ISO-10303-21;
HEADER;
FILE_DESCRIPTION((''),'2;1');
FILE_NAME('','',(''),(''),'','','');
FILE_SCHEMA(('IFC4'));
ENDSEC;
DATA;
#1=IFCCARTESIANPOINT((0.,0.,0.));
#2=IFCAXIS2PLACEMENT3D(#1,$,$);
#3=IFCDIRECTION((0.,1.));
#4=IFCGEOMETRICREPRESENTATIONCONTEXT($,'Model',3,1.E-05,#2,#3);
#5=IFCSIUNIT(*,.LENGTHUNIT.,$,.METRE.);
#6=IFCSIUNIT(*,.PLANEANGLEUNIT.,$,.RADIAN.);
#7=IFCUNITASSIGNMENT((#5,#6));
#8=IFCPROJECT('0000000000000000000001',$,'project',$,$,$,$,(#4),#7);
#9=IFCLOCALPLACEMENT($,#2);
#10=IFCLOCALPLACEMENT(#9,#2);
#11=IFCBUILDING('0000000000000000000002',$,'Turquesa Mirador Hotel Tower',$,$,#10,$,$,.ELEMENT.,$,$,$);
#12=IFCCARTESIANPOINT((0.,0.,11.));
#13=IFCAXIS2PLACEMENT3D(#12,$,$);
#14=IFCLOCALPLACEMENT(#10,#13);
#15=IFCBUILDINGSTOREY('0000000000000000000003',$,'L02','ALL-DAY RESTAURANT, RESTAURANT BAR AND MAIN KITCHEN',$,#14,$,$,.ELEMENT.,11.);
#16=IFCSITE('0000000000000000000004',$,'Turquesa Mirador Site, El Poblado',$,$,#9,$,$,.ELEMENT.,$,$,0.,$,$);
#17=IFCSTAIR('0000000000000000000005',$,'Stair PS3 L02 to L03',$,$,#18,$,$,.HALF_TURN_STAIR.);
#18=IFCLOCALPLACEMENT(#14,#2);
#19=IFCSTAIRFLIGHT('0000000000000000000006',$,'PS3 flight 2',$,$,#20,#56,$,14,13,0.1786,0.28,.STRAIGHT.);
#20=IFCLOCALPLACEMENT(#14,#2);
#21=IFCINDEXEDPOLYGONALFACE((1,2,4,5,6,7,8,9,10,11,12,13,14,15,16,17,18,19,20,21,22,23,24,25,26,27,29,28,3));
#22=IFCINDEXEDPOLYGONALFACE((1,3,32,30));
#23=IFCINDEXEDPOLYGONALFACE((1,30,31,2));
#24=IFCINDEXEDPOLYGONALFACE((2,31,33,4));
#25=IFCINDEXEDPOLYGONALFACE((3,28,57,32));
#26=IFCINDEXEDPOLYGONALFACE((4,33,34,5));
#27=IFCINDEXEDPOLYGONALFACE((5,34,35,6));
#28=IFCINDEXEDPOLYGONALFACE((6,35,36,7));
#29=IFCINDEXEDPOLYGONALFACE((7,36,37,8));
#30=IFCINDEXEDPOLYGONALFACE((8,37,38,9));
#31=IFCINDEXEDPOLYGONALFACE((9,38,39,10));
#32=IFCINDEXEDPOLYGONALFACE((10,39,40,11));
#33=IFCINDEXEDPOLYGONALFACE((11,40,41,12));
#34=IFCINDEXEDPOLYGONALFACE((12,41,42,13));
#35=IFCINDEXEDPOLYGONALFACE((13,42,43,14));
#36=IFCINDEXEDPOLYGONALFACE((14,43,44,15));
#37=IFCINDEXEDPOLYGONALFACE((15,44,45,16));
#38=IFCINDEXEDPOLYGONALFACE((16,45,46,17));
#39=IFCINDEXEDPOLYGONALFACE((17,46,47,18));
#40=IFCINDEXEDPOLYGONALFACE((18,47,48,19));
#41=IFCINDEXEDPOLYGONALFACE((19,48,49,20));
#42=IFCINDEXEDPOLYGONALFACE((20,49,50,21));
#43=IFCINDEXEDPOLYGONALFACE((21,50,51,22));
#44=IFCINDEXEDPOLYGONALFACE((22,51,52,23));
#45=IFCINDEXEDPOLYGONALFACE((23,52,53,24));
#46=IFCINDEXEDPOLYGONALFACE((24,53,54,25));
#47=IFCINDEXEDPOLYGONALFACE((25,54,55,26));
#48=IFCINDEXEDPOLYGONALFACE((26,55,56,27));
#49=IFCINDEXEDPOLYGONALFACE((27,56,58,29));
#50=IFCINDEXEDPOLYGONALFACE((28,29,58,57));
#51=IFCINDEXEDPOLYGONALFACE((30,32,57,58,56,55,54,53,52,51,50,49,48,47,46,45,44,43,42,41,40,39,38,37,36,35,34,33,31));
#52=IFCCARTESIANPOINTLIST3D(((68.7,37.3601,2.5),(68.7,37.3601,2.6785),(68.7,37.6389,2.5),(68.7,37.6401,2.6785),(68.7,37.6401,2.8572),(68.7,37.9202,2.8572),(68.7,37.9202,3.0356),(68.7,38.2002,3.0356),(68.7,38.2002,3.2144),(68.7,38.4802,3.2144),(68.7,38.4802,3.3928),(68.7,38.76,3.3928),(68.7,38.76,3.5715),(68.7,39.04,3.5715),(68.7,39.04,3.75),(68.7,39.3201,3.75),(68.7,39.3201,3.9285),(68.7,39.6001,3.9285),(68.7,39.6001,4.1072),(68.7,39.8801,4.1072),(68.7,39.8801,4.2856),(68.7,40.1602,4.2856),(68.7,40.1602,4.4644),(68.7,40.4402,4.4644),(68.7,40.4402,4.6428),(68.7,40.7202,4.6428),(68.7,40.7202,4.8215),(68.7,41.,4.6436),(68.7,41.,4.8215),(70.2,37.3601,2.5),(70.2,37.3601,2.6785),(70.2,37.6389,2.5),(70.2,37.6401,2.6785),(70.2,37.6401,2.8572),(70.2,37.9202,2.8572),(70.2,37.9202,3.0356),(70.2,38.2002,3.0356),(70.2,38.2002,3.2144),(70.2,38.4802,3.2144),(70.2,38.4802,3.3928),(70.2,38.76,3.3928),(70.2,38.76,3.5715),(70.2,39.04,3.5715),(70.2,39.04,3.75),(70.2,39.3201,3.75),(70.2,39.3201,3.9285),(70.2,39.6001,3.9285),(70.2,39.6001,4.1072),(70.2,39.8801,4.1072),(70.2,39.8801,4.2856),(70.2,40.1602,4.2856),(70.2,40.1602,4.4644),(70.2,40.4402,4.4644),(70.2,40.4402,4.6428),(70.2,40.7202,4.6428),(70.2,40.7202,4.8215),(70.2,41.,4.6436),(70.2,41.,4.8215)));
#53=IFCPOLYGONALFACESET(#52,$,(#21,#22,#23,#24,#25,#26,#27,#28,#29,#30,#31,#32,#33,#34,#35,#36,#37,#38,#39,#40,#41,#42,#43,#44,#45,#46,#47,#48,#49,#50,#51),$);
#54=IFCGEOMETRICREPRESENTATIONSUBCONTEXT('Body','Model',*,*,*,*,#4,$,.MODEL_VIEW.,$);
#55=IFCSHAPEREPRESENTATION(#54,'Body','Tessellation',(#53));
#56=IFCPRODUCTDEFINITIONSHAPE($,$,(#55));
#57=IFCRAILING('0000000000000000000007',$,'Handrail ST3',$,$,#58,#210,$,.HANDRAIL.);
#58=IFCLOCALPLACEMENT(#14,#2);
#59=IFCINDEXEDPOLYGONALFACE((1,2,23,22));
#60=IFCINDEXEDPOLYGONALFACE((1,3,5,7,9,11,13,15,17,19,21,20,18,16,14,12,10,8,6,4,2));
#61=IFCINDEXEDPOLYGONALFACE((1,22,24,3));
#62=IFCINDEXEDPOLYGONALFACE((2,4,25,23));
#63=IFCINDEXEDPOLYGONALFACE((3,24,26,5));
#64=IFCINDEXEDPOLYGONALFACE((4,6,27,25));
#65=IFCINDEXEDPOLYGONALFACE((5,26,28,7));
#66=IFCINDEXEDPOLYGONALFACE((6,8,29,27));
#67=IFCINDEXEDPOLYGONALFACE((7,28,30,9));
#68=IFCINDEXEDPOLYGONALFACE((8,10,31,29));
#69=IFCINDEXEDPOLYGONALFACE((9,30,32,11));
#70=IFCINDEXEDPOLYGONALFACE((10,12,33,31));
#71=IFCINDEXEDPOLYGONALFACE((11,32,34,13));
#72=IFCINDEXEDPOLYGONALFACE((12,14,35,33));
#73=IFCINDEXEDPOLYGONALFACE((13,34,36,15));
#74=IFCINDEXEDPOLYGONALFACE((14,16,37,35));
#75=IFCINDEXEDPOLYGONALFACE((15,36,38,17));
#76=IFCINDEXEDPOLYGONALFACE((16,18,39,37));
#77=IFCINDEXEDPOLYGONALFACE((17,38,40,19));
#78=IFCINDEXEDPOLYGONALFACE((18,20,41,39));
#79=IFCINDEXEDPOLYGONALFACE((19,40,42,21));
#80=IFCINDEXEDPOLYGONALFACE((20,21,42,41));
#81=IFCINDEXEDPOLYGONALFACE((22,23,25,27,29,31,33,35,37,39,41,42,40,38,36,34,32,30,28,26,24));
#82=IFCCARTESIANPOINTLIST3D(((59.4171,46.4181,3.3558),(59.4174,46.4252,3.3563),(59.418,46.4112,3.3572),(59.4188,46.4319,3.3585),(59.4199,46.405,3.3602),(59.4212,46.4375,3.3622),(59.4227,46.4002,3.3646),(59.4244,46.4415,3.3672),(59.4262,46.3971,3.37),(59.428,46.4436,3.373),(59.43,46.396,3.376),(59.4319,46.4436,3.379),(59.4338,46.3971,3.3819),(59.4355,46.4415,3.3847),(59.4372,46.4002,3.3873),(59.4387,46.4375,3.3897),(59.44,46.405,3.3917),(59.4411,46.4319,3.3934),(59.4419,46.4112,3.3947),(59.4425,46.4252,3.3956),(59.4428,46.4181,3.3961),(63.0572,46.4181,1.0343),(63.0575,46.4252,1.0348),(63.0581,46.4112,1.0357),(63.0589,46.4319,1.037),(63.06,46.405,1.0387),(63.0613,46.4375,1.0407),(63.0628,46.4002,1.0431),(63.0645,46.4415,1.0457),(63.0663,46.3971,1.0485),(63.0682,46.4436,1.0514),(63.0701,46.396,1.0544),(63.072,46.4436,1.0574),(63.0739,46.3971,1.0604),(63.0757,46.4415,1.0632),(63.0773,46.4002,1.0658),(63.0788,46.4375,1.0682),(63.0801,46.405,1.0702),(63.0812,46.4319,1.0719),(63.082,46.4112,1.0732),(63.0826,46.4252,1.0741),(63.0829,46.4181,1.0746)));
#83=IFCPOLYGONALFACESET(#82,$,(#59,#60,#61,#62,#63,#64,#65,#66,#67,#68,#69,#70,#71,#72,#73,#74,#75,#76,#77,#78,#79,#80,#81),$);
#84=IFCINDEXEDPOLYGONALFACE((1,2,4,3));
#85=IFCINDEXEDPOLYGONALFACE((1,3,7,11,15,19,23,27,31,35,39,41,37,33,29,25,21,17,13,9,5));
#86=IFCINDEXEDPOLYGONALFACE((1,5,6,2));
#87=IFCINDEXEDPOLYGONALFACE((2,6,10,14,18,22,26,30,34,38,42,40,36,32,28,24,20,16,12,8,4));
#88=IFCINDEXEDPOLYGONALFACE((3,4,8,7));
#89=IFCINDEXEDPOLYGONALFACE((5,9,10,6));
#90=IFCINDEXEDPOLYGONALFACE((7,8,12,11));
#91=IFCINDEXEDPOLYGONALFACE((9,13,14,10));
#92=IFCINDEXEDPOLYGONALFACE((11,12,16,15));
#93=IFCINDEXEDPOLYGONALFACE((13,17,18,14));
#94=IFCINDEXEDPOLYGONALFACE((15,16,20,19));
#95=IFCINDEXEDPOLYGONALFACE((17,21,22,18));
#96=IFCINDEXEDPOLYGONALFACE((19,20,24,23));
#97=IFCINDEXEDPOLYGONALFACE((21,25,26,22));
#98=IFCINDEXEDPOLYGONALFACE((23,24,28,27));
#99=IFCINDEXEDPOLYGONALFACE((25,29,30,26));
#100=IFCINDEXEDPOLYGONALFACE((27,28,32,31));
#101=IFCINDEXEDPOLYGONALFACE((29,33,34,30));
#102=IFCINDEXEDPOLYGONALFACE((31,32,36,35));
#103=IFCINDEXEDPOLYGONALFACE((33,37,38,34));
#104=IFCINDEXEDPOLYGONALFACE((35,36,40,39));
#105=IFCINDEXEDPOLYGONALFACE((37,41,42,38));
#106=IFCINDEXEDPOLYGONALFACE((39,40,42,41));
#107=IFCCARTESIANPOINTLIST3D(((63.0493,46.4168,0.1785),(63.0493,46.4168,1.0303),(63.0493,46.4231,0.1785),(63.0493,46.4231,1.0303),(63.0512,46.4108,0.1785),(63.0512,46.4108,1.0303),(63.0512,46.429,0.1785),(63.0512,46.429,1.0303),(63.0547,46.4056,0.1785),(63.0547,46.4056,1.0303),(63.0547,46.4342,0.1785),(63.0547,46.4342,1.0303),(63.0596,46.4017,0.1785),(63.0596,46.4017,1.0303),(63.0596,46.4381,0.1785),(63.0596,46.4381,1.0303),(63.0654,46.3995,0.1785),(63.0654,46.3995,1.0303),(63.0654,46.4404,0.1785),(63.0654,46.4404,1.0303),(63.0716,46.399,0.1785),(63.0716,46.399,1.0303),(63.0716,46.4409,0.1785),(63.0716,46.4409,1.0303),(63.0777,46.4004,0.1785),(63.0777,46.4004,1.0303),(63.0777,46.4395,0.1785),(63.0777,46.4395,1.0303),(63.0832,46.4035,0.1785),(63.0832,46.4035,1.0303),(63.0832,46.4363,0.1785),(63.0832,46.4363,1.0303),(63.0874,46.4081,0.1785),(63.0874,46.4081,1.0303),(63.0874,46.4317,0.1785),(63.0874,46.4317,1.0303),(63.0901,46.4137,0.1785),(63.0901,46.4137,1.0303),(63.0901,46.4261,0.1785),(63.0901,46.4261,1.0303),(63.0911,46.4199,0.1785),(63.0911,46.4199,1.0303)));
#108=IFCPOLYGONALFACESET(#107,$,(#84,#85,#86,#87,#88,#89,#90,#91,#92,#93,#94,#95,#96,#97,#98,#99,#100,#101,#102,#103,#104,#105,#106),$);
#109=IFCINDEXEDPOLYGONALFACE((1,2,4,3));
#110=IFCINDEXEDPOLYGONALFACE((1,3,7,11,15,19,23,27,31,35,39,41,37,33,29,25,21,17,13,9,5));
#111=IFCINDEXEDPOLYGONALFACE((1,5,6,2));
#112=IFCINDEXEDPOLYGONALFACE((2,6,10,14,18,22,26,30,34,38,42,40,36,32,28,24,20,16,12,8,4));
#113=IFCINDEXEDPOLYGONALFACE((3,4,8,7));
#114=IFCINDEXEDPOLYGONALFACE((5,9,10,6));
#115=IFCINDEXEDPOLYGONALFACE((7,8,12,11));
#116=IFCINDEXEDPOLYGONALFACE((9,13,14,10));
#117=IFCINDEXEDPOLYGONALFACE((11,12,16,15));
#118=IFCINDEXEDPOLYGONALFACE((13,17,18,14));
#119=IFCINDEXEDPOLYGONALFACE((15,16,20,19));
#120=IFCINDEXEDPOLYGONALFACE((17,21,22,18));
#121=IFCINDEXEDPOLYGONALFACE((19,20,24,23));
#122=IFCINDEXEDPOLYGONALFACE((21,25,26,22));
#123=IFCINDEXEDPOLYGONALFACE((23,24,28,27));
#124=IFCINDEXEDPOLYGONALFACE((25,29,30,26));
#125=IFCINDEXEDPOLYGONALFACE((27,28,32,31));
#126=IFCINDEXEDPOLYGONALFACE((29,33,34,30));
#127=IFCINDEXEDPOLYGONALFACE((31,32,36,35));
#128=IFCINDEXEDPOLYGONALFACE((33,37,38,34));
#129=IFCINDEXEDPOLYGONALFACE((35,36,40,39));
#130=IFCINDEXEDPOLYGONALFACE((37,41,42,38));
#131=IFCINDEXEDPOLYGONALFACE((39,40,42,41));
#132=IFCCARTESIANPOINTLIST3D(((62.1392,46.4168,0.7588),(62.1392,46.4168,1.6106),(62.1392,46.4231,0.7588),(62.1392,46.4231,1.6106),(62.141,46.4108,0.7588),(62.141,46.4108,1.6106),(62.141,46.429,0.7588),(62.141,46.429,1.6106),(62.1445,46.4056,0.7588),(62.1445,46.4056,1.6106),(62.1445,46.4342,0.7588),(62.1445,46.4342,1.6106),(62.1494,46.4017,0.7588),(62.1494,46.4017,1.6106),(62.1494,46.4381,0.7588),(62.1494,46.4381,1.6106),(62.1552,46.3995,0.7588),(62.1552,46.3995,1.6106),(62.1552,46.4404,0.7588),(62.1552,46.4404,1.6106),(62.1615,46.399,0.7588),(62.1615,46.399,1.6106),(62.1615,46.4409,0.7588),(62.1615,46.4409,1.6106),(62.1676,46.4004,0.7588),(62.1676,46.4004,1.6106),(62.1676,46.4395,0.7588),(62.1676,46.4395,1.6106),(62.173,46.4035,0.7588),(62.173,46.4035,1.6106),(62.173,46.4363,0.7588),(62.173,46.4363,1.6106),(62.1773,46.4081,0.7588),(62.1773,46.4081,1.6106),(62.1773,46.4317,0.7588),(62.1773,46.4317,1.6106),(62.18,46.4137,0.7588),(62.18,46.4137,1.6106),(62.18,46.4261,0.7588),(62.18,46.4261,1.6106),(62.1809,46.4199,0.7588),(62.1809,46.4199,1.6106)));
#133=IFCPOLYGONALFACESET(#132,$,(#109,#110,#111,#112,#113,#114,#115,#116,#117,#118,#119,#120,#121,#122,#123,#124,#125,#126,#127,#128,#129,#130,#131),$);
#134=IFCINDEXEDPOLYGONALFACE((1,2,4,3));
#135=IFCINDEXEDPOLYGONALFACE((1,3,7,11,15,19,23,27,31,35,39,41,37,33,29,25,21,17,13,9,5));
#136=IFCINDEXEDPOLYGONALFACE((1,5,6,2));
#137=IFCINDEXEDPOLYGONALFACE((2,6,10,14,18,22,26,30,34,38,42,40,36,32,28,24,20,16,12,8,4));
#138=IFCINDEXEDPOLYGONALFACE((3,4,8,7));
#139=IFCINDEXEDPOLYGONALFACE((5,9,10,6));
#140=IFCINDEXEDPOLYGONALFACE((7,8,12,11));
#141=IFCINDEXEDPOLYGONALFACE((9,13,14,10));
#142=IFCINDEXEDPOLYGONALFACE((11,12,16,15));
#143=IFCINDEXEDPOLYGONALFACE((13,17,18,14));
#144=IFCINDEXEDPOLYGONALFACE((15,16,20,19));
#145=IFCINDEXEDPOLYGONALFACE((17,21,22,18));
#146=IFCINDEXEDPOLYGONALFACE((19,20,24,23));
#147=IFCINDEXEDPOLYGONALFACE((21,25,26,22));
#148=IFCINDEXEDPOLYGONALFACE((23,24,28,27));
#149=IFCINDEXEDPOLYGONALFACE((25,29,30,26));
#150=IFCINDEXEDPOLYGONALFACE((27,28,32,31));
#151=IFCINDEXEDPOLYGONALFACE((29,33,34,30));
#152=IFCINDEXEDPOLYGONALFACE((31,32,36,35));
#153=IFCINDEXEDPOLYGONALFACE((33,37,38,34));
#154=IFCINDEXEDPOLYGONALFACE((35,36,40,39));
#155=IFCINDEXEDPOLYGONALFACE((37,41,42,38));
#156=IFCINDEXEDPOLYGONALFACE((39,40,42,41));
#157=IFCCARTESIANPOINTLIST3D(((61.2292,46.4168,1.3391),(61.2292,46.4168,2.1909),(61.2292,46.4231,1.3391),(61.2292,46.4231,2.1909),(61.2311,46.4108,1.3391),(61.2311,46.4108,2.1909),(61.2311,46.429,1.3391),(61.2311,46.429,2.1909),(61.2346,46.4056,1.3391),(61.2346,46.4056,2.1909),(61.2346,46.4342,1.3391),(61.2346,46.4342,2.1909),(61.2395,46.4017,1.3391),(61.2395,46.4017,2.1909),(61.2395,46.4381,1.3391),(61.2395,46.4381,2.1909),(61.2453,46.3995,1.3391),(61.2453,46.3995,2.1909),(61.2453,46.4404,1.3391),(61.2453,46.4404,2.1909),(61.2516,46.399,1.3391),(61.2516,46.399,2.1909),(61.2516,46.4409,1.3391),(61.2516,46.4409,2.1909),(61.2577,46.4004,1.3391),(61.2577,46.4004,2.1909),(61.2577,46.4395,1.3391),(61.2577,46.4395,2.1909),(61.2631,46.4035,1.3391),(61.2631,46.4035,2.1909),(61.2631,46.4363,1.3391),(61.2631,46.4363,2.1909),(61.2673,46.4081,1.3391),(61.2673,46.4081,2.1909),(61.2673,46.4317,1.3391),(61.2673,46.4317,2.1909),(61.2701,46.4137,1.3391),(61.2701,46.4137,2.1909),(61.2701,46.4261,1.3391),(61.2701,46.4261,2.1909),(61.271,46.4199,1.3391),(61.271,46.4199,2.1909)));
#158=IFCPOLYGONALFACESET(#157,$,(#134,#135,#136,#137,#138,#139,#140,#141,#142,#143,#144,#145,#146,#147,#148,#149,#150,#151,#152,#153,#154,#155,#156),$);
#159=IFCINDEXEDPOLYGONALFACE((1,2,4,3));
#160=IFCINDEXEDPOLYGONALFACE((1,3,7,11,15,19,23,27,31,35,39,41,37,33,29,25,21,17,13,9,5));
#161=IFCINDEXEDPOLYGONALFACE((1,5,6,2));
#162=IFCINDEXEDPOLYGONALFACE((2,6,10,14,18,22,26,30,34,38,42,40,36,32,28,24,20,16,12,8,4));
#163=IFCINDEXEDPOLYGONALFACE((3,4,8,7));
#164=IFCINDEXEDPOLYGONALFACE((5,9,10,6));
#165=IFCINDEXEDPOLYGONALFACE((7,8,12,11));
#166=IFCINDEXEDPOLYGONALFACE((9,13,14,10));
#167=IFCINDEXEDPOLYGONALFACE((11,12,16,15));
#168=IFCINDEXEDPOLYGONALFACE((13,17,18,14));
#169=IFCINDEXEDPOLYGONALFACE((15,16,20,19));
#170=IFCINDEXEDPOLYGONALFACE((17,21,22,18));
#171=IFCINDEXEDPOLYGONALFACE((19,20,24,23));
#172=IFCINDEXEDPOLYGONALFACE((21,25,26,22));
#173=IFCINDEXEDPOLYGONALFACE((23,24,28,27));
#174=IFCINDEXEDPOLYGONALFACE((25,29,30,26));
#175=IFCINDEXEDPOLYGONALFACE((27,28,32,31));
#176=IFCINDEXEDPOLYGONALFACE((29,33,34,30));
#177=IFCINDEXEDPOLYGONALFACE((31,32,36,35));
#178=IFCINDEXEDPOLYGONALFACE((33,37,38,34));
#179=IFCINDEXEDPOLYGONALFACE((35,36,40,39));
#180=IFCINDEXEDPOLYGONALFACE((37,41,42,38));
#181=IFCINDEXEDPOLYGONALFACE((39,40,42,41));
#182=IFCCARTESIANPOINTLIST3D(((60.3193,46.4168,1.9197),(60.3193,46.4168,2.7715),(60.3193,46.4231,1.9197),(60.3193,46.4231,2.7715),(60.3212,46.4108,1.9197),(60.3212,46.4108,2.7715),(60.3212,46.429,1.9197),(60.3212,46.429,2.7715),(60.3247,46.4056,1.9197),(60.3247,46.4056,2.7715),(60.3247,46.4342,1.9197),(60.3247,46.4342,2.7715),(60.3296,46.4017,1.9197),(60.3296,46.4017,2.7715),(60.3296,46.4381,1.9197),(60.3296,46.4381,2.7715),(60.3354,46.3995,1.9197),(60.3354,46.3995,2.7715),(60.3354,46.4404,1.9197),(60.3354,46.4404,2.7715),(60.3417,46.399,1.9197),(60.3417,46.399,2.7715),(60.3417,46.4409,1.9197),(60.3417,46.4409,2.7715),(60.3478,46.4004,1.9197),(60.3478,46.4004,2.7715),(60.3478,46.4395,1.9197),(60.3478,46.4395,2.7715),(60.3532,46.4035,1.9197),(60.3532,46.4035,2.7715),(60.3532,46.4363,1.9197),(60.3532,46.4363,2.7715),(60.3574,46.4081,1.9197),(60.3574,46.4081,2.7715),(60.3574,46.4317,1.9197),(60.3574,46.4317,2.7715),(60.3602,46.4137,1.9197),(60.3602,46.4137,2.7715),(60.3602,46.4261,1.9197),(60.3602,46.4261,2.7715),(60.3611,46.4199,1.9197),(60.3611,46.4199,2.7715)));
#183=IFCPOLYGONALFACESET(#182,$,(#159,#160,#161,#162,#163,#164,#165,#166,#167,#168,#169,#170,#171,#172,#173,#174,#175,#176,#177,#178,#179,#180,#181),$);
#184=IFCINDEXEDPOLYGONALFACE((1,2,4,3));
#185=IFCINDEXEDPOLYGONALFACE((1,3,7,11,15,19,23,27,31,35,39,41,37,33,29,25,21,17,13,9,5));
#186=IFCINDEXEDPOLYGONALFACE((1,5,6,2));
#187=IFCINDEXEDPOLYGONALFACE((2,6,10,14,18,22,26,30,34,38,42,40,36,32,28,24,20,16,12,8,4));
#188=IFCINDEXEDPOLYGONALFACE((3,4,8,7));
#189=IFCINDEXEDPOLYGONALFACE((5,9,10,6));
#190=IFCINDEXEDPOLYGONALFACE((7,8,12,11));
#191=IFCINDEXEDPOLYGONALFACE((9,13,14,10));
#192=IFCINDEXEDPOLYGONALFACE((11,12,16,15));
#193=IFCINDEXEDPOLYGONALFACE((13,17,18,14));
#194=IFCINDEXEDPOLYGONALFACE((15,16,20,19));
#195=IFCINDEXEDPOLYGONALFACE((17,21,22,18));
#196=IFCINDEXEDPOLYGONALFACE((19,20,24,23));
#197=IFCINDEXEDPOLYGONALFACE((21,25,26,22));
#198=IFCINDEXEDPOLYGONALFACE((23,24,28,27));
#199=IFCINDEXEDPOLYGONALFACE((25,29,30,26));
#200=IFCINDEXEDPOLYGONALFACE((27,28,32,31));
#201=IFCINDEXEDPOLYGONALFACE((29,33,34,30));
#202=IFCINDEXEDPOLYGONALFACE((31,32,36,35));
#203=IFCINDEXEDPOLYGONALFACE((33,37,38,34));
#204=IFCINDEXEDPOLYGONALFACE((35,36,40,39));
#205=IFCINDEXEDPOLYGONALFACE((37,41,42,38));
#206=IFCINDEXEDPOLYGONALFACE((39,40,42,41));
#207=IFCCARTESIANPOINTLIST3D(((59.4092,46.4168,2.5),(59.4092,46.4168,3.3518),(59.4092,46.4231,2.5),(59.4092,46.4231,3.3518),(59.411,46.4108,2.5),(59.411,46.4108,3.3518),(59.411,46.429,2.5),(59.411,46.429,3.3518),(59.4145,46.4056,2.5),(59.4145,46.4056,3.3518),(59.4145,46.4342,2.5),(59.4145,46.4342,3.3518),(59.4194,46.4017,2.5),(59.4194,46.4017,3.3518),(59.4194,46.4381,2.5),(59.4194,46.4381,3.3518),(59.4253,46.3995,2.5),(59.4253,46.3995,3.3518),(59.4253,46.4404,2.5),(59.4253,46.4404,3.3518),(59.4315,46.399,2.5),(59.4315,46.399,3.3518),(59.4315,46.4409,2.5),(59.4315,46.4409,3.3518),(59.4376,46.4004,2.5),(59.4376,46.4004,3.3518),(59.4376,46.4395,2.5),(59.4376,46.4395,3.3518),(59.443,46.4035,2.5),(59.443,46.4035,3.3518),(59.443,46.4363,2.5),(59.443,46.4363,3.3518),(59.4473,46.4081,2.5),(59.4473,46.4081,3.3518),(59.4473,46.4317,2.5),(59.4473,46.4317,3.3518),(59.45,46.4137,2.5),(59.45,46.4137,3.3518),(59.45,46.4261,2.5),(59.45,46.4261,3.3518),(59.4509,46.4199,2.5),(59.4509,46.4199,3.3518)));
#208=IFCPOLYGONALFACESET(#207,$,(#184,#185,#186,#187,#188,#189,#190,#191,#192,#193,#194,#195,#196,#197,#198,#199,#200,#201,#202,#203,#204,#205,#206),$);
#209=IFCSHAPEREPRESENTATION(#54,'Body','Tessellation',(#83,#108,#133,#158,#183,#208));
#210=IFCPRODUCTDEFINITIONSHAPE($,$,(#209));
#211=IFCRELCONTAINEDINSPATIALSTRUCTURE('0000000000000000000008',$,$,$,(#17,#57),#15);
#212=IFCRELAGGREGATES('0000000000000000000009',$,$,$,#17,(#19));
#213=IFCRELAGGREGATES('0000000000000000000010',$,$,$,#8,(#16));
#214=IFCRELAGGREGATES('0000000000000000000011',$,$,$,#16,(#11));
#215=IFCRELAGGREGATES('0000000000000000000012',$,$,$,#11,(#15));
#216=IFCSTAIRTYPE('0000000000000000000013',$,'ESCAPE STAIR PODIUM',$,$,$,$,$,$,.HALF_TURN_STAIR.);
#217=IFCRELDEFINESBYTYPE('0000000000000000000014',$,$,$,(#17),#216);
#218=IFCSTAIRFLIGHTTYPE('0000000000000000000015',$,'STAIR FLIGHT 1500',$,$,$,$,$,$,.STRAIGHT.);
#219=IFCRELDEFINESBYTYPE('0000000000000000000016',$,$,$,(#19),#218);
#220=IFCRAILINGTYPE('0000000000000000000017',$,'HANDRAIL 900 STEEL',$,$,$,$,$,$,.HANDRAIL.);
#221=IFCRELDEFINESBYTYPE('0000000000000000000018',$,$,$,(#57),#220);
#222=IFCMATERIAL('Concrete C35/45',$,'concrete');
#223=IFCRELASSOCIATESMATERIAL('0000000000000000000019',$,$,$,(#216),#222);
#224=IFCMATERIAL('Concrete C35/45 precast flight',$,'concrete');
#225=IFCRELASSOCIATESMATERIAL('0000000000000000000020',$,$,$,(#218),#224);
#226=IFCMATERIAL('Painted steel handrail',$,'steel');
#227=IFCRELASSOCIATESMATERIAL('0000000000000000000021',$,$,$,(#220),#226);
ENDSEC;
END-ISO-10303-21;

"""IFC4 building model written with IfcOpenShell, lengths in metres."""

from ifc_helpers import new_model, si_unit, direction, frame, origin, origin_2d, place, context, subcontext, project, spatial, polyline, circle, outline, extrude, material, type_object, element, aggregate, save


model = new_model("IFC4")

# Units and contexts
model_context = context("Model", 3, precision=1e-05, world=origin(), true_north=direction((0.0, 1.0)))
body_context = subcontext(model_context, "Body", "Model", "MODEL_VIEW")
ifc_project = project(units=[si_unit("LENGTHUNIT", "METRE"), si_unit("PLANEANGLEUNIT", "RADIAN")], contexts=[model_context])

# Site, building, storey
site_placement = place(None, origin())
site = spatial("IfcSite", under=ifc_project, at=site_placement, Name="Turquesa Mirador Site, El Poblado", CompositionType="ELEMENT", RefElevation=0.0)
building_placement = place(site_placement, origin())
building = spatial("IfcBuilding", under=site, at=building_placement, Name="Turquesa Mirador Hotel Tower", CompositionType="ELEMENT")
storey_placement = place(building_placement, frame((0.0, 0.0, 11.0)))
storey = spatial("IfcBuildingStorey", under=building, at=storey_placement, Name="L02", Description="ALL-DAY RESTAURANT, RESTAURANT BAR AND MAIN KITCHEN", CompositionType="ELEMENT", Elevation=11.0)

# Stair, stair flight
ifc_material_1 = material(Name="Concrete C35/45", Category="concrete")
stair_type_1 = type_object("IfcStairType", Name="ESCAPE STAIR PODIUM", PredefinedType="HALF_TURN_STAIR", material=ifc_material_1)
stair_1_placement = place(storey_placement, origin())
stair_1 = element("IfcStair", 1, at=stair_1_placement, inside=storey, type_object=stair_type_1, Name="Stair PS3 L02 to L03", PredefinedType="HALF_TURN_STAIR")
ifc_material_2 = material(Name="Concrete C35/45 precast flight", Category="concrete")
stair_flight_type_1 = type_object("IfcStairFlightType", Name="STAIR FLIGHT 1500", PredefinedType="STRAIGHT", material=ifc_material_2)
stair_flight_1_placement = place(storey_placement, frame((69.45, 37.3601, 2.5), z_axis=(0.0, 0.0, 1.0), x_axis=(0.0, 1.0, 0.0)))
stair_flight_1 = element("IfcStairFlight", 2, at=stair_flight_1_placement, type_object=stair_flight_type_1, Name="PS3 flight 2", NumberOfRisers=14, NumberOfTreads=13, PredefinedType="STRAIGHT", RiserHeight=0.1786, TreadLength=0.28, context=body_context, shape_type="SweptSolid", body=[
    extrude(outline(polyline([(0.0, 0.0), (0.0, 0.1785), (0.28, 0.1785), (0.28, 0.3572), (0.5601, 0.3572), (0.5601, 0.5356), (0.8401, 0.5356), (0.8401, 0.7144), (1.1201, 0.7144), (1.1201, 0.8928), (1.3999, 0.8928), (1.3999, 1.0715), (1.6799, 1.0715), (1.6799, 1.25), (1.96, 1.25), (1.96, 1.4285), (2.24, 1.4285), (2.24, 1.6072), (2.52, 1.6072), (2.52, 1.7856), (2.8, 1.7856), (2.8, 1.9644), (3.0801, 1.9644), (3.0801, 2.1428), (3.3601, 2.1428), (3.3601, 2.3215), (3.6399, 2.3215), (3.6399, 2.5), (3.6399, 2.1436), (0.2788, 0.0), (0.0, 0.0)])), frame((0.0, 0.75, 0.0), z_axis=(0.0, -1.0, 0.0), x_axis=(1.0, 0.0, 0.0)), (0.0, 0.0, 1.0), 1.5),
])
aggregate(stair_1, [stair_flight_1])

# Railing
ifc_material_3 = material(Name="Painted steel handrail", Category="steel")
railing_type = type_object("IfcRailingType", Name="HANDRAIL 900 STEEL", PredefinedType="HANDRAIL", material=ifc_material_3)
railing_1_placement = place(storey_placement, frame((63.0701, 46.4199, 0.1785)))
element("IfcRailing", 3, at=railing_1_placement, inside=storey, type_object=railing_type, Name="Handrail ST3", PredefinedType="HANDRAIL", context=body_context, shape_type="SweptSolid", body=[
    extrude(circle(Radius=0.0239, at=origin_2d()), frame((0.0, 0.0, 0.876), z_axis=(-0.843128, 0.0, 0.537713), x_axis=(0.0, -1.0, 0.0)), (0.0, 0.0, 1.0), 4.3174),
    extrude(circle(Radius=0.021, at=origin_2d()), origin(), (0.0, 0.0, 1.0), 0.8518),
    extrude(circle(Radius=0.021, at=origin_2d()), frame((-0.9102, 0.0, 0.5803)), (0.0, 0.0, 1.0), 0.8518),
    extrude(circle(Radius=0.021, at=origin_2d()), frame((-1.8201, 0.0, 1.1606)), (0.0, 0.0, 1.0), 0.8518),
    extrude(circle(Radius=0.021, at=origin_2d()), frame((-2.73, 0.0, 1.7412)), (0.0, 0.0, 1.0), 0.8518),
    extrude(circle(Radius=0.021, at=origin_2d()), frame((-3.6401, 0.0, 2.3215)), (0.0, 0.0, 1.0), 0.8518),
])

save(model, "model.ifc")
